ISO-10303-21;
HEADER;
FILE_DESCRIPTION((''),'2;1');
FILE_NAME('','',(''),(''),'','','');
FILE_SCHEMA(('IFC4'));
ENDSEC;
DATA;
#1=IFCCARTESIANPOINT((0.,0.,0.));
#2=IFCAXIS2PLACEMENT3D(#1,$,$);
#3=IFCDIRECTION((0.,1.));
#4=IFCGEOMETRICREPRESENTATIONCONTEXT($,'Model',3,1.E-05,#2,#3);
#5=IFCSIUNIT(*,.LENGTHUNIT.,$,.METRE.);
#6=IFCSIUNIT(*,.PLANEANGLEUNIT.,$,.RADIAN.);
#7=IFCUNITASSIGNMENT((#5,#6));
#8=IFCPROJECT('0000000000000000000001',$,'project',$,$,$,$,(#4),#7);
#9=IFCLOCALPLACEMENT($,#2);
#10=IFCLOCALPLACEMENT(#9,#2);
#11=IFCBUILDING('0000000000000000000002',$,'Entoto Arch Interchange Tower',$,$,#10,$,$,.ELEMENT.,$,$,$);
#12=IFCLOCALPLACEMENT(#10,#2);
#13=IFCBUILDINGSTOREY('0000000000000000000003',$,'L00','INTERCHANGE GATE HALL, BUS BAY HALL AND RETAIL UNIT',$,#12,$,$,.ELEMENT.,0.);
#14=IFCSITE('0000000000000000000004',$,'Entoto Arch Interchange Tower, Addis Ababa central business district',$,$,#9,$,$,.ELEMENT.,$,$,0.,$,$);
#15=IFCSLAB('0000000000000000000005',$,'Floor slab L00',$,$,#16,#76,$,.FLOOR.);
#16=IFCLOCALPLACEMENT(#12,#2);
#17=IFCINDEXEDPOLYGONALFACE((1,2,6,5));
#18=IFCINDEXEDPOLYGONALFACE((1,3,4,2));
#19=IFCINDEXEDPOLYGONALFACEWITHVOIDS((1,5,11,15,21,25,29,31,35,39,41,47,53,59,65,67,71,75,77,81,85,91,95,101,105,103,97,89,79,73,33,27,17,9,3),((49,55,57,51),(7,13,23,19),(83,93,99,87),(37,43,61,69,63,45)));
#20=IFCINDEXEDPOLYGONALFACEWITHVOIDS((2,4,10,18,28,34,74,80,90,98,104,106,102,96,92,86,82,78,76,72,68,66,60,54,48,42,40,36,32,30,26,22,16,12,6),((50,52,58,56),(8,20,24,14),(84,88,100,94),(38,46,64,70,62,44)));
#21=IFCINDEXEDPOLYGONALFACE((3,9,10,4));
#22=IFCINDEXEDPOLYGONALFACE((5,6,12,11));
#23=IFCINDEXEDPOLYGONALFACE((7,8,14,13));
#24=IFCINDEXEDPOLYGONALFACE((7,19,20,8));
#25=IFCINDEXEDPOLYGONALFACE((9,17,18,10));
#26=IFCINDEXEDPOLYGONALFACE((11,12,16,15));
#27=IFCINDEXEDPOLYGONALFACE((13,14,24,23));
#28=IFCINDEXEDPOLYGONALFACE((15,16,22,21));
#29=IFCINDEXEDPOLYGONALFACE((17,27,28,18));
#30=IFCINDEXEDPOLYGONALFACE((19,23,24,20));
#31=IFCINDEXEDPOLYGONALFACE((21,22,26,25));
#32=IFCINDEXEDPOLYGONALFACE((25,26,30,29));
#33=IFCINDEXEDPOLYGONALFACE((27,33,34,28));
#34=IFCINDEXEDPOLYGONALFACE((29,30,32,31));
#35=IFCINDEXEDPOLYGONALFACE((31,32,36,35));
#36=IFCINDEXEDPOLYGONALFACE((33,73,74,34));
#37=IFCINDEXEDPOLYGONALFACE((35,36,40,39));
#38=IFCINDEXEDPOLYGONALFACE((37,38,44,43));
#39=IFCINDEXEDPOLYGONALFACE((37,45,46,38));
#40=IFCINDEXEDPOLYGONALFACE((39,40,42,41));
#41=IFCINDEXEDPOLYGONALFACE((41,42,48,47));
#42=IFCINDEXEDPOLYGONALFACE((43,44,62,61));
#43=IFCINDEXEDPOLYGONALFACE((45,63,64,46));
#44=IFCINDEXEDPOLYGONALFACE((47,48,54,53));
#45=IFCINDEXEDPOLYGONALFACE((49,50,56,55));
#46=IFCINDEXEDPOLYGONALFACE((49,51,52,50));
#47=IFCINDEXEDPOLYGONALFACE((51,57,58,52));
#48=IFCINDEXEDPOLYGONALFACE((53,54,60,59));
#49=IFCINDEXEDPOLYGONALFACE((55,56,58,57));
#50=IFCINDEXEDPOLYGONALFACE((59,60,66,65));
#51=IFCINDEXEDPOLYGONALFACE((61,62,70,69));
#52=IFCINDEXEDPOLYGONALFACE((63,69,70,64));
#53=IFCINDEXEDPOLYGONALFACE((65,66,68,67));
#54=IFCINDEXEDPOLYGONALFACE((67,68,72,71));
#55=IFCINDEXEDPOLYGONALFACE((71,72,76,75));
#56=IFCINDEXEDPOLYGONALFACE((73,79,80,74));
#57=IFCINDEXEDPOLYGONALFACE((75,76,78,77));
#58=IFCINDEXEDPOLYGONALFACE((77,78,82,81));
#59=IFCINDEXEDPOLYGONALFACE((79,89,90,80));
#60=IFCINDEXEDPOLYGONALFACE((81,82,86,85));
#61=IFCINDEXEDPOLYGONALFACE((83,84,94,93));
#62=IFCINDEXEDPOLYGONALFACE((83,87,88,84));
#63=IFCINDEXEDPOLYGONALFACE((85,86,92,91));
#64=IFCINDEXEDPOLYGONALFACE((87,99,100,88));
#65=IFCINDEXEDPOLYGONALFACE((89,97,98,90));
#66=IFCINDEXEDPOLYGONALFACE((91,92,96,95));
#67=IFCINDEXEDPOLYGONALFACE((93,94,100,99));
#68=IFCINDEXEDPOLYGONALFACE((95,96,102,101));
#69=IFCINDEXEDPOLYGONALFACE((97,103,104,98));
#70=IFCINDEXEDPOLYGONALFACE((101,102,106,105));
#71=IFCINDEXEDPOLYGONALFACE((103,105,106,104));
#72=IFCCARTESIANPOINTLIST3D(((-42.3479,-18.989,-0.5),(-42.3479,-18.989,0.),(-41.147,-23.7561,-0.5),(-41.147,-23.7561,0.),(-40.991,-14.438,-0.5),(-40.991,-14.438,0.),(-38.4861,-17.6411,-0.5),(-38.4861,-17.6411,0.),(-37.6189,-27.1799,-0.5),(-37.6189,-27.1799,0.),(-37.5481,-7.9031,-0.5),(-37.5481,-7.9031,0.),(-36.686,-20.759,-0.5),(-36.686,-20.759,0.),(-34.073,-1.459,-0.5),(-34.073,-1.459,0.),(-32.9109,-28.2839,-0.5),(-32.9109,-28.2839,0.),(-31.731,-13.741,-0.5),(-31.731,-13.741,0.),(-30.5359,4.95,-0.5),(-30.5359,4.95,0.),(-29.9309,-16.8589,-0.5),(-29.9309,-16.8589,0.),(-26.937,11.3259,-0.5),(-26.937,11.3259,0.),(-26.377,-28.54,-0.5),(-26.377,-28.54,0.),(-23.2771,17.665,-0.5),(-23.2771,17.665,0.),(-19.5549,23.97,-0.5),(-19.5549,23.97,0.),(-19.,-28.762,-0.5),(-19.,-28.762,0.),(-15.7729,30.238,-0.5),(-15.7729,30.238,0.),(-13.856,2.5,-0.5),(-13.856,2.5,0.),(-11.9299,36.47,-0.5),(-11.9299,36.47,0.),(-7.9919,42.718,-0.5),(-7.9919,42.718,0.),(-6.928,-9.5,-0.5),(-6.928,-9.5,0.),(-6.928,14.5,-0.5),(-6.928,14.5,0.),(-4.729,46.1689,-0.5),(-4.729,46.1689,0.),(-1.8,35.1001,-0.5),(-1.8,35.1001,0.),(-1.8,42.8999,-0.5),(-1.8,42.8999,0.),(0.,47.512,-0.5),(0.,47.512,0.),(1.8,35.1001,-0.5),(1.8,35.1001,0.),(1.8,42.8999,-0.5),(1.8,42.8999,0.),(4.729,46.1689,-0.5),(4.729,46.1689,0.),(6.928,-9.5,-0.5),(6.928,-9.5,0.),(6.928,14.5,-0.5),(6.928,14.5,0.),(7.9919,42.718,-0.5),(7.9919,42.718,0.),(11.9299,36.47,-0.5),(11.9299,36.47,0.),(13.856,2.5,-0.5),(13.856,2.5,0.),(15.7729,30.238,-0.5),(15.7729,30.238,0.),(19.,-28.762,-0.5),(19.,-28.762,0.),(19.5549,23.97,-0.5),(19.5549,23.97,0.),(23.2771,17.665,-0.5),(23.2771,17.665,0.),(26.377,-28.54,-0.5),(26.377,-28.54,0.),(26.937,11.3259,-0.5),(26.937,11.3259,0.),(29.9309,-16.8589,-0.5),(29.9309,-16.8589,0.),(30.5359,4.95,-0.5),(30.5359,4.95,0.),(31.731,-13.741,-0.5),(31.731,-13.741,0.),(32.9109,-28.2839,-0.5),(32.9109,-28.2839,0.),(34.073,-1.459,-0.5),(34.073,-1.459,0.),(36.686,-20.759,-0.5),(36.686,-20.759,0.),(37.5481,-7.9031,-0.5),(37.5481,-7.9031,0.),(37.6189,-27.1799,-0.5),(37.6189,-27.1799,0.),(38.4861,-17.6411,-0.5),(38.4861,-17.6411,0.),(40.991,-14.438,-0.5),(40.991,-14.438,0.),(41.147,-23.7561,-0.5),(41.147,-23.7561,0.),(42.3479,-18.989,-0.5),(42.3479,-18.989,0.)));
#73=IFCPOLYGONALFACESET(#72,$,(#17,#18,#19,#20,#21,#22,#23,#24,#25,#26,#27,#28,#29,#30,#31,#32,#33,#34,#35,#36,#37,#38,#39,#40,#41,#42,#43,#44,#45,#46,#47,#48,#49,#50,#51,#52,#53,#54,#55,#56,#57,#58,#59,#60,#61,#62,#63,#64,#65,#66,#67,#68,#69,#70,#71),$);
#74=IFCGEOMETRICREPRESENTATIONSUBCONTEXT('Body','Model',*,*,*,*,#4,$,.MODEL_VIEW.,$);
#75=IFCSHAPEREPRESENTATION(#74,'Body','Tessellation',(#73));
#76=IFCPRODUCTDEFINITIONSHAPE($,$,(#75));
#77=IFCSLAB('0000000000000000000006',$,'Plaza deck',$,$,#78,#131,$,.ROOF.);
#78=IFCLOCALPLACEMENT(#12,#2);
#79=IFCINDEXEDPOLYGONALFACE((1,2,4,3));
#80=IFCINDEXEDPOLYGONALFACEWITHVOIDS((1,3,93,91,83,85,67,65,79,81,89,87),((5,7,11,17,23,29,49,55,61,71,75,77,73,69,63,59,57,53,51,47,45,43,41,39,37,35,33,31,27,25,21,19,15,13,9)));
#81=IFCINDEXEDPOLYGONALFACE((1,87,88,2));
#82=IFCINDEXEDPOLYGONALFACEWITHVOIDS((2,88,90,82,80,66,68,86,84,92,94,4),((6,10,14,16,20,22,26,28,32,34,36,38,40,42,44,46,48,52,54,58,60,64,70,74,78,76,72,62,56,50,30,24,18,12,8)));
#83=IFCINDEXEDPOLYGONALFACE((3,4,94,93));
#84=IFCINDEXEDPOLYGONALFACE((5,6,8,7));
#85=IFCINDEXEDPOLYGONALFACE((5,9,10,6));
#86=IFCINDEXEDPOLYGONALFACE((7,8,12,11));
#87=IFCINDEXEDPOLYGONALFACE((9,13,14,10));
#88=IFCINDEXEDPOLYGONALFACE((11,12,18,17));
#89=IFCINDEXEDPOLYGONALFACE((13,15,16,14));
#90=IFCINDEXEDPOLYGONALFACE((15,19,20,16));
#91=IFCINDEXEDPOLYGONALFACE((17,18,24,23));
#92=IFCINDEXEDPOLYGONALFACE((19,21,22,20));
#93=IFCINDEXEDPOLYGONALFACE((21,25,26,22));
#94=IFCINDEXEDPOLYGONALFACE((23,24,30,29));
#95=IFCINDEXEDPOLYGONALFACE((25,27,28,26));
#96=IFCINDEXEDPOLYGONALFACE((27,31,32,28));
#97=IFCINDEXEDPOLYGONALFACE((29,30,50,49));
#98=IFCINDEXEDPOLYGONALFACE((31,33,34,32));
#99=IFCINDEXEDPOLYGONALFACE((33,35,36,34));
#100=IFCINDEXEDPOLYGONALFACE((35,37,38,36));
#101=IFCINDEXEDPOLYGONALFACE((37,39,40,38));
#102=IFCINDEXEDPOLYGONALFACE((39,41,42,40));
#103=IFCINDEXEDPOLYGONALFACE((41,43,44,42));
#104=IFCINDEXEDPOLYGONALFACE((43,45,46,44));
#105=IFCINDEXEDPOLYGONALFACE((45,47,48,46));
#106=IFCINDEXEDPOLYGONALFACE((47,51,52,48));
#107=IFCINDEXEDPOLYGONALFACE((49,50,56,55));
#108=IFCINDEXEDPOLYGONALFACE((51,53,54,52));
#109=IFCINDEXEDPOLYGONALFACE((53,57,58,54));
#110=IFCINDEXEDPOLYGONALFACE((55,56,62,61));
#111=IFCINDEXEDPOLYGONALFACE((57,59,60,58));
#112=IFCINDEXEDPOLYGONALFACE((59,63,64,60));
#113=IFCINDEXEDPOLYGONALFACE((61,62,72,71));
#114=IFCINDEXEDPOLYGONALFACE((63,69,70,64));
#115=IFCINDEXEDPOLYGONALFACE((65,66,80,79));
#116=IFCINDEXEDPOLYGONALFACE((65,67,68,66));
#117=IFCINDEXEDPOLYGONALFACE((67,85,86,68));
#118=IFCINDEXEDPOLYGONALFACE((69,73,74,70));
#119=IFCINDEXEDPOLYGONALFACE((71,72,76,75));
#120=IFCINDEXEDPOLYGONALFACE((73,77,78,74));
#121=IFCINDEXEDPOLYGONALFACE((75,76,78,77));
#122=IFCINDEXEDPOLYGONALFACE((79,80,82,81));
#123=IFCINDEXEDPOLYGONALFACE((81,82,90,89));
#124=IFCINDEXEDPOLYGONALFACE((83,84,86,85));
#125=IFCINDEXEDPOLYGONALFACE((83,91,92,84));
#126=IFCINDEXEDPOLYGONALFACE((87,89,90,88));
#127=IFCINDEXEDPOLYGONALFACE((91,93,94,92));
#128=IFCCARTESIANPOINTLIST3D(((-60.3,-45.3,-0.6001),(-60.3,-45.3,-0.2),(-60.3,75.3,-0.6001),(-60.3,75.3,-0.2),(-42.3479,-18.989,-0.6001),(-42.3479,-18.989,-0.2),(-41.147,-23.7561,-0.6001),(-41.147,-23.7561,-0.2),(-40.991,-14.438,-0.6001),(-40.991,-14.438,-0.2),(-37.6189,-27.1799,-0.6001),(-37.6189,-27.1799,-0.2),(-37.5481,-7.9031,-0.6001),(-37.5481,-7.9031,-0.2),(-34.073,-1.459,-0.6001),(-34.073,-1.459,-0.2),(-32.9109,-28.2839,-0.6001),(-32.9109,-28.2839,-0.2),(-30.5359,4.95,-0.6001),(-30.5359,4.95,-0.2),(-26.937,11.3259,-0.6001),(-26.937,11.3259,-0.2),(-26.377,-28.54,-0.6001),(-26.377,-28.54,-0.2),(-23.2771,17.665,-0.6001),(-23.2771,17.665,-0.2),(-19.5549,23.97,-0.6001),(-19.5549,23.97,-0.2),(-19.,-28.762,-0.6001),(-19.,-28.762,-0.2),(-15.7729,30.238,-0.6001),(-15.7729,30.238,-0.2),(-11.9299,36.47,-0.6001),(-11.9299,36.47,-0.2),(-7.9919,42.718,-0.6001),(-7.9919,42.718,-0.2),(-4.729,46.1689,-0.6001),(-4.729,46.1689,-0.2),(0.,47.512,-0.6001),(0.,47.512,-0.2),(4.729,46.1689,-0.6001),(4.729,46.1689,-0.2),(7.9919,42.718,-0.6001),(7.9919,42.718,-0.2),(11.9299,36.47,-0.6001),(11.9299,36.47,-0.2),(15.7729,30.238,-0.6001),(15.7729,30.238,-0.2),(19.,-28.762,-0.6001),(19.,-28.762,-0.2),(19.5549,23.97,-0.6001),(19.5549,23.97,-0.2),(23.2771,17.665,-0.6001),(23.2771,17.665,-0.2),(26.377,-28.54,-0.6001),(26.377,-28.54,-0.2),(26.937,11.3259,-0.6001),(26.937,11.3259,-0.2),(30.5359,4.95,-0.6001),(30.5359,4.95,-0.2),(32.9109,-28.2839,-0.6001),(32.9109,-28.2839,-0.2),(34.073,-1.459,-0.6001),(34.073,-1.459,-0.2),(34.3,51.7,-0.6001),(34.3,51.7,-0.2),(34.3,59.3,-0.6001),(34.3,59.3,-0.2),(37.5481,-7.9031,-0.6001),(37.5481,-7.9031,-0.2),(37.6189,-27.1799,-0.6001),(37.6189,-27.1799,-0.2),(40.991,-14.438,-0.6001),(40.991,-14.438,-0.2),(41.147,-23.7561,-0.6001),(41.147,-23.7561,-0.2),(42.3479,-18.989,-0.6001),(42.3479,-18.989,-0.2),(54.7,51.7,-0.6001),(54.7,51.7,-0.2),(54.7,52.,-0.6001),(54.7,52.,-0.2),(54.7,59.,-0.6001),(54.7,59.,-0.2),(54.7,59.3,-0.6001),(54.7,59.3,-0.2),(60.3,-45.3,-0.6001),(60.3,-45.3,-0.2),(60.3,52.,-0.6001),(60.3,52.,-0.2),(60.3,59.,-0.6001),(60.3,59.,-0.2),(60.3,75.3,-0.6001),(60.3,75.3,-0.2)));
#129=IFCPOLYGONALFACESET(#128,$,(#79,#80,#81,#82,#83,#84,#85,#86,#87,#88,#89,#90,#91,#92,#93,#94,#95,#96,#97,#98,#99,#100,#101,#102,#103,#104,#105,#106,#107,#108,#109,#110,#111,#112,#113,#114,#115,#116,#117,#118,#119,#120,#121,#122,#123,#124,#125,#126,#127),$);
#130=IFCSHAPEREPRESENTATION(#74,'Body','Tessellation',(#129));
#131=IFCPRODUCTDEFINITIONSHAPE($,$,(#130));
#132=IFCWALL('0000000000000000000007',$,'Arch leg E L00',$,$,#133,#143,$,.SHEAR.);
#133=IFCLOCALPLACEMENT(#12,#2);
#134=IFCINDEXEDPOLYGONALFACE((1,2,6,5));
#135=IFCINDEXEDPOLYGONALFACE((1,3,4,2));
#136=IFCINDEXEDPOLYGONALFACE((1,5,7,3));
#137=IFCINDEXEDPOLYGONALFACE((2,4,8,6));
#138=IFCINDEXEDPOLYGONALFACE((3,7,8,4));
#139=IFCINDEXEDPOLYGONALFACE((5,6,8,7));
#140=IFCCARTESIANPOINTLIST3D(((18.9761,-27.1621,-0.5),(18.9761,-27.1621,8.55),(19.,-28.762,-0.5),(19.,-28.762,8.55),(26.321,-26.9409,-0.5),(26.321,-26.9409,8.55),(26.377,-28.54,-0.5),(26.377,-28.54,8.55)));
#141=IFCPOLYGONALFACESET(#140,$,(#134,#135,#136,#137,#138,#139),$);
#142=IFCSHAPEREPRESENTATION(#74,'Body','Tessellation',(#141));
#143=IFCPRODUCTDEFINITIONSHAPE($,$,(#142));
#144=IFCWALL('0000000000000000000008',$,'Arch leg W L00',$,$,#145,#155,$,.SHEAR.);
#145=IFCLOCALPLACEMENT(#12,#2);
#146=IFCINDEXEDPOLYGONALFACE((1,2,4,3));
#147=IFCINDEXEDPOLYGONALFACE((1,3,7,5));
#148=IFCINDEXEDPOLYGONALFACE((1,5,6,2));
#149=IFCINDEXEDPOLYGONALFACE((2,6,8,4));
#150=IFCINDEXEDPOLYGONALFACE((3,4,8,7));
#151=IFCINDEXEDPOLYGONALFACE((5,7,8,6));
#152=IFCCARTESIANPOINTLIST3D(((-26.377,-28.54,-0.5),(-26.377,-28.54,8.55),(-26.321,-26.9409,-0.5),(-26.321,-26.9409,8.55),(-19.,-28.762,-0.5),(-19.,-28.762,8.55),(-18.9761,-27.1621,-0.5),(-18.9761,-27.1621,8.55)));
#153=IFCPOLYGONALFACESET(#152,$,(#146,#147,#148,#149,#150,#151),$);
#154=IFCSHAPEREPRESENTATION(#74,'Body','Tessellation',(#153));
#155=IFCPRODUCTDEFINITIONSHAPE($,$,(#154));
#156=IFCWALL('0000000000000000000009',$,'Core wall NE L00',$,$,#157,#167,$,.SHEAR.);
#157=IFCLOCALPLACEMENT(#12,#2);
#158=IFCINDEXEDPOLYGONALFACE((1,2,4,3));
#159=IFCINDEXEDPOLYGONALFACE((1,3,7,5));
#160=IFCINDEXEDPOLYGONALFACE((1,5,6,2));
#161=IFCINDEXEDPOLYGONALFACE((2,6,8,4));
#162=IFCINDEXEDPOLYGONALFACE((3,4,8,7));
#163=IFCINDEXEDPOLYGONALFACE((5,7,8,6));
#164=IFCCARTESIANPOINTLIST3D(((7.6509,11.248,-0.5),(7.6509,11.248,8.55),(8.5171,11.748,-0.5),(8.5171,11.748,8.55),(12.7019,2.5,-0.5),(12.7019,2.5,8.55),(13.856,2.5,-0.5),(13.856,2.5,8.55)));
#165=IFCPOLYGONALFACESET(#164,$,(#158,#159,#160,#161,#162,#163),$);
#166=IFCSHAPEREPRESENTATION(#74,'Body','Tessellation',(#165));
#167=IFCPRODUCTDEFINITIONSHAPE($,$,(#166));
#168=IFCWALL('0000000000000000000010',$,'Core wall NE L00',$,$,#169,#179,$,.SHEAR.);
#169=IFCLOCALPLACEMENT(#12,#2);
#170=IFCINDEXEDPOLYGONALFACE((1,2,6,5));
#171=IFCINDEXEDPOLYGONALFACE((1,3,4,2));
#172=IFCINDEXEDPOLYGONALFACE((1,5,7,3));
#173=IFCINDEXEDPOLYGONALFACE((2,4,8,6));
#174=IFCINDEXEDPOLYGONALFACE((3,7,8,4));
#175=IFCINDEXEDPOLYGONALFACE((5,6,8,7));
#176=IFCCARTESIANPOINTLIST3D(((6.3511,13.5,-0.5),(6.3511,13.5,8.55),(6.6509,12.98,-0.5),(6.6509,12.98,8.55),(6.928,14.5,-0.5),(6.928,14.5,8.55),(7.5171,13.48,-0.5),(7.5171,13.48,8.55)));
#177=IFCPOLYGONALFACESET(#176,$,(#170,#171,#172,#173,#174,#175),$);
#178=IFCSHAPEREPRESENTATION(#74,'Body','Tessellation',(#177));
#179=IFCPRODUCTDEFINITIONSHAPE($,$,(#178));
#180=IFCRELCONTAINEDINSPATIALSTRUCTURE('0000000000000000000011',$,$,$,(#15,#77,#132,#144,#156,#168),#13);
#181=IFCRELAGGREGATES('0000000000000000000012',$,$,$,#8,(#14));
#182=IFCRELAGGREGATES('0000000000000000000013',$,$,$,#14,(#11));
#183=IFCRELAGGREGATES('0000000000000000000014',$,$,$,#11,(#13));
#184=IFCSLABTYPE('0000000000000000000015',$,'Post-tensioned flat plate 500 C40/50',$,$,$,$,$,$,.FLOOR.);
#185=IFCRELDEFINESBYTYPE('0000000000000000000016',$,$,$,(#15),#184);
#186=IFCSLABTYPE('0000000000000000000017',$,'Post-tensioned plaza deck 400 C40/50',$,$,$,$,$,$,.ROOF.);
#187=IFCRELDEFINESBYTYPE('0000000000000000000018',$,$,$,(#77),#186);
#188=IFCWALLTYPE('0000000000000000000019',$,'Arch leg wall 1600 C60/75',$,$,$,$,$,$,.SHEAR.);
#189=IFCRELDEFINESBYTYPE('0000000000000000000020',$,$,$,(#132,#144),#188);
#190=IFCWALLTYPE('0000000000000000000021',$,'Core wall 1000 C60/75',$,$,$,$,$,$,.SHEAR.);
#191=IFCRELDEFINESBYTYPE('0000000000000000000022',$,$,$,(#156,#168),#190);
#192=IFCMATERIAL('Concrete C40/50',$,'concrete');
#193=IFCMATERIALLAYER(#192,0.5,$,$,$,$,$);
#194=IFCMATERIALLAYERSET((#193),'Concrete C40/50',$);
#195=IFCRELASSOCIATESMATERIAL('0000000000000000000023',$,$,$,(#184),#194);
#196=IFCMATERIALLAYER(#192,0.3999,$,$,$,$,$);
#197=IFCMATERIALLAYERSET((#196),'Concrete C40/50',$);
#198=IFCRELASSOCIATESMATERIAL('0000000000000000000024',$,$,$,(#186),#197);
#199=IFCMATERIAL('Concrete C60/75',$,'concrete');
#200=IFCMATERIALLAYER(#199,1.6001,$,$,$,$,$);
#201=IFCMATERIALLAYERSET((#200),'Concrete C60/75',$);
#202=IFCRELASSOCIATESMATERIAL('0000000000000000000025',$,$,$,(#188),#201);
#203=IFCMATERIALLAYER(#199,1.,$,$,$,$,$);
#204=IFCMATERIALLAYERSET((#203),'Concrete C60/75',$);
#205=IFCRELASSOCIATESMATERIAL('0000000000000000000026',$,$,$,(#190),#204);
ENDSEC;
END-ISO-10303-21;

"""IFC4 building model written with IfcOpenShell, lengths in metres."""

from ifc_helpers import new_model, si_unit, direction, frame, origin, place, context, subcontext, project, spatial, polyline, outline, extrude, material, layer, layer_set, type_object, element, save


model = new_model("IFC4")

# Units and contexts
model_context = context("Model", 3, precision=1e-05, world=origin(), true_north=direction((0.0, 1.0)))
body_context = subcontext(model_context, "Body", "Model", "MODEL_VIEW")
ifc_project = project(units=[si_unit("LENGTHUNIT", "METRE"), si_unit("PLANEANGLEUNIT", "RADIAN")], contexts=[model_context])

# Site, building, storey
site_placement = place(None, origin())
site = spatial("IfcSite", under=ifc_project, at=site_placement, Name="Entoto Arch Interchange Tower, Addis Ababa central business district", CompositionType="ELEMENT", RefElevation=0.0)
building_placement = place(site_placement, origin())
building = spatial("IfcBuilding", under=site, at=building_placement, Name="Entoto Arch Interchange Tower", CompositionType="ELEMENT")
storey_placement = place(building_placement, origin())
storey = spatial("IfcBuildingStorey", under=building, at=storey_placement, Name="L00", Description="INTERCHANGE GATE HALL, BUS BAY HALL AND RETAIL UNIT", CompositionType="ELEMENT", Elevation=0.0)

# Slabs
ifc_material_1 = material(Name="Concrete C40/50", Category="concrete")
ifc_layer_1 = layer(ifc_material_1, 0.5)
ifc_layer_set_1 = layer_set([ifc_layer_1], Name="Concrete C40/50")
slab_type_1 = type_object("IfcSlabType", Name="Post-tensioned flat plate 500 C40/50", PredefinedType="FLOOR", material=ifc_layer_set_1)
slab_1_placement = place(storey_placement, frame((0.0, 0.0, -0.5)))
element("IfcSlab", 1, at=slab_1_placement, inside=storey, type_object=slab_type_1, Name="Floor slab L00", PredefinedType="FLOOR", context=body_context, shape_type="SweptSolid", body=[
    extrude(outline(polyline([(-32.9109, -28.2839), (-26.377, -28.54), (-19.0, -28.762), (19.0, -28.762), (26.377, -28.54), (32.9109, -28.2839), (37.6189, -27.1799), (41.147, -23.7561), (42.3479, -18.989), (40.991, -14.438), (37.5481, -7.9031), (34.073, -1.459), (30.5359, 4.95), (26.937, 11.3259), (23.2771, 17.665), (19.5549, 23.97), (15.7729, 30.238), (11.9299, 36.47), (7.9919, 42.718), (4.729, 46.1689), (0.0, 47.512), (-4.729, 46.1689), (-7.9919, 42.718), (-11.9299, 36.47), (-15.7729, 30.238), (-19.5549, 23.97), (-23.2771, 17.665), (-26.937, 11.3259), (-30.5359, 4.95), (-34.073, -1.459), (-37.5481, -7.9031), (-40.991, -14.438), (-42.3479, -18.989), (-41.147, -23.7561), (-37.6189, -27.1799), (-32.9109, -28.2839)]), holes=[polyline([(-29.9309, -16.8589), (-31.731, -13.741), (-38.4861, -17.6411), (-36.686, -20.759), (-29.9309, -16.8589)]), polyline([(31.731, -13.741), (29.9309, -16.8589), (36.686, -20.759), (38.4861, -17.6411), (31.731, -13.741)]), polyline([(6.928, -9.5), (13.856, 2.5), (6.928, 14.5), (-6.928, 14.5), (-13.856, 2.5), (-6.928, -9.5), (6.928, -9.5)]), polyline([(-1.8, 35.1001), (1.8, 35.1001), (1.8, 42.8999), (-1.8, 42.8999), (-1.8, 35.1001)])]), origin(), (0.0, 0.0, 1.0), 0.5),
])
ifc_layer_2 = layer(ifc_material_1, 0.3999)
ifc_layer_set_2 = layer_set([ifc_layer_2], Name="Concrete C40/50")
slab_type_2 = type_object("IfcSlabType", Name="Post-tensioned plaza deck 400 C40/50", PredefinedType="ROOF", material=ifc_layer_set_2)
slab_2_placement = place(storey_placement, frame((0.0, 0.0, -0.6001)))
element("IfcSlab", 2, at=slab_2_placement, inside=storey, type_object=slab_type_2, Name="Plaza deck", PredefinedType="ROOF", context=body_context, shape_type="SweptSolid", body=[
    extrude(outline(polyline([(-60.3, -45.3), (60.3, -45.3), (60.3, 52.0), (54.7, 52.0), (54.7, 51.7), (34.3, 51.7), (34.3, 59.3), (54.7, 59.3), (54.7, 59.0), (60.3, 59.0), (60.3, 75.3), (-60.3, 75.3), (-60.3, -45.3)]), holes=[polyline([(-19.0, -28.762), (19.0, -28.762), (26.377, -28.54), (32.9109, -28.2839), (37.6189, -27.1799), (41.147, -23.7561), (42.3479, -18.989), (40.991, -14.438), (37.5481, -7.9031), (34.073, -1.459), (30.5359, 4.95), (26.937, 11.3259), (23.2771, 17.665), (19.5549, 23.97), (15.7729, 30.238), (11.9299, 36.47), (7.9919, 42.718), (4.729, 46.1689), (0.0, 47.512), (-4.729, 46.1689), (-7.9919, 42.718), (-11.9299, 36.47), (-15.7729, 30.238), (-19.5549, 23.97), (-23.2771, 17.665), (-26.937, 11.3259), (-30.5359, 4.95), (-34.073, -1.459), (-37.5481, -7.9031), (-40.991, -14.438), (-42.3479, -18.989), (-41.147, -23.7561), (-37.6189, -27.1799), (-32.9109, -28.2839), (-26.377, -28.54), (-19.0, -28.762)])]), origin(), (0.0, 0.0, 1.0), 0.4001),
])

# Walls
ifc_material_2 = material(Name="Concrete C60/75", Category="concrete")
ifc_layer_3 = layer(ifc_material_2, 1.6001)
ifc_layer_set_3 = layer_set([ifc_layer_3], Name="Concrete C60/75")
wall_type_1 = type_object("IfcWallType", Name="Arch leg wall 1600 C60/75", PredefinedType="SHEAR", material=ifc_layer_set_3)
wall_1_placement = place(storey_placement, frame((0.0, 0.0, -0.5)))
element("IfcWall", 3, at=wall_1_placement, inside=storey, type_object=wall_type_1, Name="Arch leg E L00", PredefinedType="SHEAR", context=body_context, shape_type="SweptSolid", body=[
    extrude(outline(polyline([(19.0, -28.762), (26.377, -28.54), (26.321, -26.9409), (18.9761, -27.1621), (19.0, -28.762)])), origin(), (0.0, 0.0, 1.0), 9.05),
])
wall_2_placement = place(storey_placement, frame((0.0, 0.0, -0.5)))
element("IfcWall", 4, at=wall_2_placement, inside=storey, type_object=wall_type_1, Name="Arch leg W L00", PredefinedType="SHEAR", context=body_context, shape_type="SweptSolid", body=[
    extrude(outline(polyline([(-26.377, -28.54), (-19.0, -28.762), (-18.9761, -27.1621), (-26.321, -26.9409), (-26.377, -28.54)])), origin(), (0.0, 0.0, 1.0), 9.05),
])
ifc_layer_4 = layer(ifc_material_2, 1.0)
ifc_layer_set_4 = layer_set([ifc_layer_4], Name="Concrete C60/75")
wall_type_2 = type_object("IfcWallType", Name="Core wall 1000 C60/75", PredefinedType="SHEAR", material=ifc_layer_set_4)
wall_3_placement = place(storey_placement, frame((0.0, 0.0, -0.5)))
element("IfcWall", 5, at=wall_3_placement, inside=storey, type_object=wall_type_2, Name="Core wall NE L00", PredefinedType="SHEAR", context=body_context, shape_type="SweptSolid", body=[
    extrude(outline(polyline([(8.5171, 11.748), (7.6509, 11.248), (12.7019, 2.5), (13.856, 2.5), (8.5171, 11.748)])), origin(), (0.0, 0.0, 1.0), 9.05),
])
wall_4_placement = place(storey_placement, frame((0.0, 0.0, -0.5)))
element("IfcWall", 6, at=wall_4_placement, inside=storey, type_object=wall_type_2, Name="Core wall NE L00", PredefinedType="SHEAR", context=body_context, shape_type="SweptSolid", body=[
    extrude(outline(polyline([(6.6509, 12.98), (7.5171, 13.48), (6.928, 14.5), (6.3511, 13.5), (6.6509, 12.98)])), origin(), (0.0, 0.0, 1.0), 9.05),
])

save(model, "model.ifc")
